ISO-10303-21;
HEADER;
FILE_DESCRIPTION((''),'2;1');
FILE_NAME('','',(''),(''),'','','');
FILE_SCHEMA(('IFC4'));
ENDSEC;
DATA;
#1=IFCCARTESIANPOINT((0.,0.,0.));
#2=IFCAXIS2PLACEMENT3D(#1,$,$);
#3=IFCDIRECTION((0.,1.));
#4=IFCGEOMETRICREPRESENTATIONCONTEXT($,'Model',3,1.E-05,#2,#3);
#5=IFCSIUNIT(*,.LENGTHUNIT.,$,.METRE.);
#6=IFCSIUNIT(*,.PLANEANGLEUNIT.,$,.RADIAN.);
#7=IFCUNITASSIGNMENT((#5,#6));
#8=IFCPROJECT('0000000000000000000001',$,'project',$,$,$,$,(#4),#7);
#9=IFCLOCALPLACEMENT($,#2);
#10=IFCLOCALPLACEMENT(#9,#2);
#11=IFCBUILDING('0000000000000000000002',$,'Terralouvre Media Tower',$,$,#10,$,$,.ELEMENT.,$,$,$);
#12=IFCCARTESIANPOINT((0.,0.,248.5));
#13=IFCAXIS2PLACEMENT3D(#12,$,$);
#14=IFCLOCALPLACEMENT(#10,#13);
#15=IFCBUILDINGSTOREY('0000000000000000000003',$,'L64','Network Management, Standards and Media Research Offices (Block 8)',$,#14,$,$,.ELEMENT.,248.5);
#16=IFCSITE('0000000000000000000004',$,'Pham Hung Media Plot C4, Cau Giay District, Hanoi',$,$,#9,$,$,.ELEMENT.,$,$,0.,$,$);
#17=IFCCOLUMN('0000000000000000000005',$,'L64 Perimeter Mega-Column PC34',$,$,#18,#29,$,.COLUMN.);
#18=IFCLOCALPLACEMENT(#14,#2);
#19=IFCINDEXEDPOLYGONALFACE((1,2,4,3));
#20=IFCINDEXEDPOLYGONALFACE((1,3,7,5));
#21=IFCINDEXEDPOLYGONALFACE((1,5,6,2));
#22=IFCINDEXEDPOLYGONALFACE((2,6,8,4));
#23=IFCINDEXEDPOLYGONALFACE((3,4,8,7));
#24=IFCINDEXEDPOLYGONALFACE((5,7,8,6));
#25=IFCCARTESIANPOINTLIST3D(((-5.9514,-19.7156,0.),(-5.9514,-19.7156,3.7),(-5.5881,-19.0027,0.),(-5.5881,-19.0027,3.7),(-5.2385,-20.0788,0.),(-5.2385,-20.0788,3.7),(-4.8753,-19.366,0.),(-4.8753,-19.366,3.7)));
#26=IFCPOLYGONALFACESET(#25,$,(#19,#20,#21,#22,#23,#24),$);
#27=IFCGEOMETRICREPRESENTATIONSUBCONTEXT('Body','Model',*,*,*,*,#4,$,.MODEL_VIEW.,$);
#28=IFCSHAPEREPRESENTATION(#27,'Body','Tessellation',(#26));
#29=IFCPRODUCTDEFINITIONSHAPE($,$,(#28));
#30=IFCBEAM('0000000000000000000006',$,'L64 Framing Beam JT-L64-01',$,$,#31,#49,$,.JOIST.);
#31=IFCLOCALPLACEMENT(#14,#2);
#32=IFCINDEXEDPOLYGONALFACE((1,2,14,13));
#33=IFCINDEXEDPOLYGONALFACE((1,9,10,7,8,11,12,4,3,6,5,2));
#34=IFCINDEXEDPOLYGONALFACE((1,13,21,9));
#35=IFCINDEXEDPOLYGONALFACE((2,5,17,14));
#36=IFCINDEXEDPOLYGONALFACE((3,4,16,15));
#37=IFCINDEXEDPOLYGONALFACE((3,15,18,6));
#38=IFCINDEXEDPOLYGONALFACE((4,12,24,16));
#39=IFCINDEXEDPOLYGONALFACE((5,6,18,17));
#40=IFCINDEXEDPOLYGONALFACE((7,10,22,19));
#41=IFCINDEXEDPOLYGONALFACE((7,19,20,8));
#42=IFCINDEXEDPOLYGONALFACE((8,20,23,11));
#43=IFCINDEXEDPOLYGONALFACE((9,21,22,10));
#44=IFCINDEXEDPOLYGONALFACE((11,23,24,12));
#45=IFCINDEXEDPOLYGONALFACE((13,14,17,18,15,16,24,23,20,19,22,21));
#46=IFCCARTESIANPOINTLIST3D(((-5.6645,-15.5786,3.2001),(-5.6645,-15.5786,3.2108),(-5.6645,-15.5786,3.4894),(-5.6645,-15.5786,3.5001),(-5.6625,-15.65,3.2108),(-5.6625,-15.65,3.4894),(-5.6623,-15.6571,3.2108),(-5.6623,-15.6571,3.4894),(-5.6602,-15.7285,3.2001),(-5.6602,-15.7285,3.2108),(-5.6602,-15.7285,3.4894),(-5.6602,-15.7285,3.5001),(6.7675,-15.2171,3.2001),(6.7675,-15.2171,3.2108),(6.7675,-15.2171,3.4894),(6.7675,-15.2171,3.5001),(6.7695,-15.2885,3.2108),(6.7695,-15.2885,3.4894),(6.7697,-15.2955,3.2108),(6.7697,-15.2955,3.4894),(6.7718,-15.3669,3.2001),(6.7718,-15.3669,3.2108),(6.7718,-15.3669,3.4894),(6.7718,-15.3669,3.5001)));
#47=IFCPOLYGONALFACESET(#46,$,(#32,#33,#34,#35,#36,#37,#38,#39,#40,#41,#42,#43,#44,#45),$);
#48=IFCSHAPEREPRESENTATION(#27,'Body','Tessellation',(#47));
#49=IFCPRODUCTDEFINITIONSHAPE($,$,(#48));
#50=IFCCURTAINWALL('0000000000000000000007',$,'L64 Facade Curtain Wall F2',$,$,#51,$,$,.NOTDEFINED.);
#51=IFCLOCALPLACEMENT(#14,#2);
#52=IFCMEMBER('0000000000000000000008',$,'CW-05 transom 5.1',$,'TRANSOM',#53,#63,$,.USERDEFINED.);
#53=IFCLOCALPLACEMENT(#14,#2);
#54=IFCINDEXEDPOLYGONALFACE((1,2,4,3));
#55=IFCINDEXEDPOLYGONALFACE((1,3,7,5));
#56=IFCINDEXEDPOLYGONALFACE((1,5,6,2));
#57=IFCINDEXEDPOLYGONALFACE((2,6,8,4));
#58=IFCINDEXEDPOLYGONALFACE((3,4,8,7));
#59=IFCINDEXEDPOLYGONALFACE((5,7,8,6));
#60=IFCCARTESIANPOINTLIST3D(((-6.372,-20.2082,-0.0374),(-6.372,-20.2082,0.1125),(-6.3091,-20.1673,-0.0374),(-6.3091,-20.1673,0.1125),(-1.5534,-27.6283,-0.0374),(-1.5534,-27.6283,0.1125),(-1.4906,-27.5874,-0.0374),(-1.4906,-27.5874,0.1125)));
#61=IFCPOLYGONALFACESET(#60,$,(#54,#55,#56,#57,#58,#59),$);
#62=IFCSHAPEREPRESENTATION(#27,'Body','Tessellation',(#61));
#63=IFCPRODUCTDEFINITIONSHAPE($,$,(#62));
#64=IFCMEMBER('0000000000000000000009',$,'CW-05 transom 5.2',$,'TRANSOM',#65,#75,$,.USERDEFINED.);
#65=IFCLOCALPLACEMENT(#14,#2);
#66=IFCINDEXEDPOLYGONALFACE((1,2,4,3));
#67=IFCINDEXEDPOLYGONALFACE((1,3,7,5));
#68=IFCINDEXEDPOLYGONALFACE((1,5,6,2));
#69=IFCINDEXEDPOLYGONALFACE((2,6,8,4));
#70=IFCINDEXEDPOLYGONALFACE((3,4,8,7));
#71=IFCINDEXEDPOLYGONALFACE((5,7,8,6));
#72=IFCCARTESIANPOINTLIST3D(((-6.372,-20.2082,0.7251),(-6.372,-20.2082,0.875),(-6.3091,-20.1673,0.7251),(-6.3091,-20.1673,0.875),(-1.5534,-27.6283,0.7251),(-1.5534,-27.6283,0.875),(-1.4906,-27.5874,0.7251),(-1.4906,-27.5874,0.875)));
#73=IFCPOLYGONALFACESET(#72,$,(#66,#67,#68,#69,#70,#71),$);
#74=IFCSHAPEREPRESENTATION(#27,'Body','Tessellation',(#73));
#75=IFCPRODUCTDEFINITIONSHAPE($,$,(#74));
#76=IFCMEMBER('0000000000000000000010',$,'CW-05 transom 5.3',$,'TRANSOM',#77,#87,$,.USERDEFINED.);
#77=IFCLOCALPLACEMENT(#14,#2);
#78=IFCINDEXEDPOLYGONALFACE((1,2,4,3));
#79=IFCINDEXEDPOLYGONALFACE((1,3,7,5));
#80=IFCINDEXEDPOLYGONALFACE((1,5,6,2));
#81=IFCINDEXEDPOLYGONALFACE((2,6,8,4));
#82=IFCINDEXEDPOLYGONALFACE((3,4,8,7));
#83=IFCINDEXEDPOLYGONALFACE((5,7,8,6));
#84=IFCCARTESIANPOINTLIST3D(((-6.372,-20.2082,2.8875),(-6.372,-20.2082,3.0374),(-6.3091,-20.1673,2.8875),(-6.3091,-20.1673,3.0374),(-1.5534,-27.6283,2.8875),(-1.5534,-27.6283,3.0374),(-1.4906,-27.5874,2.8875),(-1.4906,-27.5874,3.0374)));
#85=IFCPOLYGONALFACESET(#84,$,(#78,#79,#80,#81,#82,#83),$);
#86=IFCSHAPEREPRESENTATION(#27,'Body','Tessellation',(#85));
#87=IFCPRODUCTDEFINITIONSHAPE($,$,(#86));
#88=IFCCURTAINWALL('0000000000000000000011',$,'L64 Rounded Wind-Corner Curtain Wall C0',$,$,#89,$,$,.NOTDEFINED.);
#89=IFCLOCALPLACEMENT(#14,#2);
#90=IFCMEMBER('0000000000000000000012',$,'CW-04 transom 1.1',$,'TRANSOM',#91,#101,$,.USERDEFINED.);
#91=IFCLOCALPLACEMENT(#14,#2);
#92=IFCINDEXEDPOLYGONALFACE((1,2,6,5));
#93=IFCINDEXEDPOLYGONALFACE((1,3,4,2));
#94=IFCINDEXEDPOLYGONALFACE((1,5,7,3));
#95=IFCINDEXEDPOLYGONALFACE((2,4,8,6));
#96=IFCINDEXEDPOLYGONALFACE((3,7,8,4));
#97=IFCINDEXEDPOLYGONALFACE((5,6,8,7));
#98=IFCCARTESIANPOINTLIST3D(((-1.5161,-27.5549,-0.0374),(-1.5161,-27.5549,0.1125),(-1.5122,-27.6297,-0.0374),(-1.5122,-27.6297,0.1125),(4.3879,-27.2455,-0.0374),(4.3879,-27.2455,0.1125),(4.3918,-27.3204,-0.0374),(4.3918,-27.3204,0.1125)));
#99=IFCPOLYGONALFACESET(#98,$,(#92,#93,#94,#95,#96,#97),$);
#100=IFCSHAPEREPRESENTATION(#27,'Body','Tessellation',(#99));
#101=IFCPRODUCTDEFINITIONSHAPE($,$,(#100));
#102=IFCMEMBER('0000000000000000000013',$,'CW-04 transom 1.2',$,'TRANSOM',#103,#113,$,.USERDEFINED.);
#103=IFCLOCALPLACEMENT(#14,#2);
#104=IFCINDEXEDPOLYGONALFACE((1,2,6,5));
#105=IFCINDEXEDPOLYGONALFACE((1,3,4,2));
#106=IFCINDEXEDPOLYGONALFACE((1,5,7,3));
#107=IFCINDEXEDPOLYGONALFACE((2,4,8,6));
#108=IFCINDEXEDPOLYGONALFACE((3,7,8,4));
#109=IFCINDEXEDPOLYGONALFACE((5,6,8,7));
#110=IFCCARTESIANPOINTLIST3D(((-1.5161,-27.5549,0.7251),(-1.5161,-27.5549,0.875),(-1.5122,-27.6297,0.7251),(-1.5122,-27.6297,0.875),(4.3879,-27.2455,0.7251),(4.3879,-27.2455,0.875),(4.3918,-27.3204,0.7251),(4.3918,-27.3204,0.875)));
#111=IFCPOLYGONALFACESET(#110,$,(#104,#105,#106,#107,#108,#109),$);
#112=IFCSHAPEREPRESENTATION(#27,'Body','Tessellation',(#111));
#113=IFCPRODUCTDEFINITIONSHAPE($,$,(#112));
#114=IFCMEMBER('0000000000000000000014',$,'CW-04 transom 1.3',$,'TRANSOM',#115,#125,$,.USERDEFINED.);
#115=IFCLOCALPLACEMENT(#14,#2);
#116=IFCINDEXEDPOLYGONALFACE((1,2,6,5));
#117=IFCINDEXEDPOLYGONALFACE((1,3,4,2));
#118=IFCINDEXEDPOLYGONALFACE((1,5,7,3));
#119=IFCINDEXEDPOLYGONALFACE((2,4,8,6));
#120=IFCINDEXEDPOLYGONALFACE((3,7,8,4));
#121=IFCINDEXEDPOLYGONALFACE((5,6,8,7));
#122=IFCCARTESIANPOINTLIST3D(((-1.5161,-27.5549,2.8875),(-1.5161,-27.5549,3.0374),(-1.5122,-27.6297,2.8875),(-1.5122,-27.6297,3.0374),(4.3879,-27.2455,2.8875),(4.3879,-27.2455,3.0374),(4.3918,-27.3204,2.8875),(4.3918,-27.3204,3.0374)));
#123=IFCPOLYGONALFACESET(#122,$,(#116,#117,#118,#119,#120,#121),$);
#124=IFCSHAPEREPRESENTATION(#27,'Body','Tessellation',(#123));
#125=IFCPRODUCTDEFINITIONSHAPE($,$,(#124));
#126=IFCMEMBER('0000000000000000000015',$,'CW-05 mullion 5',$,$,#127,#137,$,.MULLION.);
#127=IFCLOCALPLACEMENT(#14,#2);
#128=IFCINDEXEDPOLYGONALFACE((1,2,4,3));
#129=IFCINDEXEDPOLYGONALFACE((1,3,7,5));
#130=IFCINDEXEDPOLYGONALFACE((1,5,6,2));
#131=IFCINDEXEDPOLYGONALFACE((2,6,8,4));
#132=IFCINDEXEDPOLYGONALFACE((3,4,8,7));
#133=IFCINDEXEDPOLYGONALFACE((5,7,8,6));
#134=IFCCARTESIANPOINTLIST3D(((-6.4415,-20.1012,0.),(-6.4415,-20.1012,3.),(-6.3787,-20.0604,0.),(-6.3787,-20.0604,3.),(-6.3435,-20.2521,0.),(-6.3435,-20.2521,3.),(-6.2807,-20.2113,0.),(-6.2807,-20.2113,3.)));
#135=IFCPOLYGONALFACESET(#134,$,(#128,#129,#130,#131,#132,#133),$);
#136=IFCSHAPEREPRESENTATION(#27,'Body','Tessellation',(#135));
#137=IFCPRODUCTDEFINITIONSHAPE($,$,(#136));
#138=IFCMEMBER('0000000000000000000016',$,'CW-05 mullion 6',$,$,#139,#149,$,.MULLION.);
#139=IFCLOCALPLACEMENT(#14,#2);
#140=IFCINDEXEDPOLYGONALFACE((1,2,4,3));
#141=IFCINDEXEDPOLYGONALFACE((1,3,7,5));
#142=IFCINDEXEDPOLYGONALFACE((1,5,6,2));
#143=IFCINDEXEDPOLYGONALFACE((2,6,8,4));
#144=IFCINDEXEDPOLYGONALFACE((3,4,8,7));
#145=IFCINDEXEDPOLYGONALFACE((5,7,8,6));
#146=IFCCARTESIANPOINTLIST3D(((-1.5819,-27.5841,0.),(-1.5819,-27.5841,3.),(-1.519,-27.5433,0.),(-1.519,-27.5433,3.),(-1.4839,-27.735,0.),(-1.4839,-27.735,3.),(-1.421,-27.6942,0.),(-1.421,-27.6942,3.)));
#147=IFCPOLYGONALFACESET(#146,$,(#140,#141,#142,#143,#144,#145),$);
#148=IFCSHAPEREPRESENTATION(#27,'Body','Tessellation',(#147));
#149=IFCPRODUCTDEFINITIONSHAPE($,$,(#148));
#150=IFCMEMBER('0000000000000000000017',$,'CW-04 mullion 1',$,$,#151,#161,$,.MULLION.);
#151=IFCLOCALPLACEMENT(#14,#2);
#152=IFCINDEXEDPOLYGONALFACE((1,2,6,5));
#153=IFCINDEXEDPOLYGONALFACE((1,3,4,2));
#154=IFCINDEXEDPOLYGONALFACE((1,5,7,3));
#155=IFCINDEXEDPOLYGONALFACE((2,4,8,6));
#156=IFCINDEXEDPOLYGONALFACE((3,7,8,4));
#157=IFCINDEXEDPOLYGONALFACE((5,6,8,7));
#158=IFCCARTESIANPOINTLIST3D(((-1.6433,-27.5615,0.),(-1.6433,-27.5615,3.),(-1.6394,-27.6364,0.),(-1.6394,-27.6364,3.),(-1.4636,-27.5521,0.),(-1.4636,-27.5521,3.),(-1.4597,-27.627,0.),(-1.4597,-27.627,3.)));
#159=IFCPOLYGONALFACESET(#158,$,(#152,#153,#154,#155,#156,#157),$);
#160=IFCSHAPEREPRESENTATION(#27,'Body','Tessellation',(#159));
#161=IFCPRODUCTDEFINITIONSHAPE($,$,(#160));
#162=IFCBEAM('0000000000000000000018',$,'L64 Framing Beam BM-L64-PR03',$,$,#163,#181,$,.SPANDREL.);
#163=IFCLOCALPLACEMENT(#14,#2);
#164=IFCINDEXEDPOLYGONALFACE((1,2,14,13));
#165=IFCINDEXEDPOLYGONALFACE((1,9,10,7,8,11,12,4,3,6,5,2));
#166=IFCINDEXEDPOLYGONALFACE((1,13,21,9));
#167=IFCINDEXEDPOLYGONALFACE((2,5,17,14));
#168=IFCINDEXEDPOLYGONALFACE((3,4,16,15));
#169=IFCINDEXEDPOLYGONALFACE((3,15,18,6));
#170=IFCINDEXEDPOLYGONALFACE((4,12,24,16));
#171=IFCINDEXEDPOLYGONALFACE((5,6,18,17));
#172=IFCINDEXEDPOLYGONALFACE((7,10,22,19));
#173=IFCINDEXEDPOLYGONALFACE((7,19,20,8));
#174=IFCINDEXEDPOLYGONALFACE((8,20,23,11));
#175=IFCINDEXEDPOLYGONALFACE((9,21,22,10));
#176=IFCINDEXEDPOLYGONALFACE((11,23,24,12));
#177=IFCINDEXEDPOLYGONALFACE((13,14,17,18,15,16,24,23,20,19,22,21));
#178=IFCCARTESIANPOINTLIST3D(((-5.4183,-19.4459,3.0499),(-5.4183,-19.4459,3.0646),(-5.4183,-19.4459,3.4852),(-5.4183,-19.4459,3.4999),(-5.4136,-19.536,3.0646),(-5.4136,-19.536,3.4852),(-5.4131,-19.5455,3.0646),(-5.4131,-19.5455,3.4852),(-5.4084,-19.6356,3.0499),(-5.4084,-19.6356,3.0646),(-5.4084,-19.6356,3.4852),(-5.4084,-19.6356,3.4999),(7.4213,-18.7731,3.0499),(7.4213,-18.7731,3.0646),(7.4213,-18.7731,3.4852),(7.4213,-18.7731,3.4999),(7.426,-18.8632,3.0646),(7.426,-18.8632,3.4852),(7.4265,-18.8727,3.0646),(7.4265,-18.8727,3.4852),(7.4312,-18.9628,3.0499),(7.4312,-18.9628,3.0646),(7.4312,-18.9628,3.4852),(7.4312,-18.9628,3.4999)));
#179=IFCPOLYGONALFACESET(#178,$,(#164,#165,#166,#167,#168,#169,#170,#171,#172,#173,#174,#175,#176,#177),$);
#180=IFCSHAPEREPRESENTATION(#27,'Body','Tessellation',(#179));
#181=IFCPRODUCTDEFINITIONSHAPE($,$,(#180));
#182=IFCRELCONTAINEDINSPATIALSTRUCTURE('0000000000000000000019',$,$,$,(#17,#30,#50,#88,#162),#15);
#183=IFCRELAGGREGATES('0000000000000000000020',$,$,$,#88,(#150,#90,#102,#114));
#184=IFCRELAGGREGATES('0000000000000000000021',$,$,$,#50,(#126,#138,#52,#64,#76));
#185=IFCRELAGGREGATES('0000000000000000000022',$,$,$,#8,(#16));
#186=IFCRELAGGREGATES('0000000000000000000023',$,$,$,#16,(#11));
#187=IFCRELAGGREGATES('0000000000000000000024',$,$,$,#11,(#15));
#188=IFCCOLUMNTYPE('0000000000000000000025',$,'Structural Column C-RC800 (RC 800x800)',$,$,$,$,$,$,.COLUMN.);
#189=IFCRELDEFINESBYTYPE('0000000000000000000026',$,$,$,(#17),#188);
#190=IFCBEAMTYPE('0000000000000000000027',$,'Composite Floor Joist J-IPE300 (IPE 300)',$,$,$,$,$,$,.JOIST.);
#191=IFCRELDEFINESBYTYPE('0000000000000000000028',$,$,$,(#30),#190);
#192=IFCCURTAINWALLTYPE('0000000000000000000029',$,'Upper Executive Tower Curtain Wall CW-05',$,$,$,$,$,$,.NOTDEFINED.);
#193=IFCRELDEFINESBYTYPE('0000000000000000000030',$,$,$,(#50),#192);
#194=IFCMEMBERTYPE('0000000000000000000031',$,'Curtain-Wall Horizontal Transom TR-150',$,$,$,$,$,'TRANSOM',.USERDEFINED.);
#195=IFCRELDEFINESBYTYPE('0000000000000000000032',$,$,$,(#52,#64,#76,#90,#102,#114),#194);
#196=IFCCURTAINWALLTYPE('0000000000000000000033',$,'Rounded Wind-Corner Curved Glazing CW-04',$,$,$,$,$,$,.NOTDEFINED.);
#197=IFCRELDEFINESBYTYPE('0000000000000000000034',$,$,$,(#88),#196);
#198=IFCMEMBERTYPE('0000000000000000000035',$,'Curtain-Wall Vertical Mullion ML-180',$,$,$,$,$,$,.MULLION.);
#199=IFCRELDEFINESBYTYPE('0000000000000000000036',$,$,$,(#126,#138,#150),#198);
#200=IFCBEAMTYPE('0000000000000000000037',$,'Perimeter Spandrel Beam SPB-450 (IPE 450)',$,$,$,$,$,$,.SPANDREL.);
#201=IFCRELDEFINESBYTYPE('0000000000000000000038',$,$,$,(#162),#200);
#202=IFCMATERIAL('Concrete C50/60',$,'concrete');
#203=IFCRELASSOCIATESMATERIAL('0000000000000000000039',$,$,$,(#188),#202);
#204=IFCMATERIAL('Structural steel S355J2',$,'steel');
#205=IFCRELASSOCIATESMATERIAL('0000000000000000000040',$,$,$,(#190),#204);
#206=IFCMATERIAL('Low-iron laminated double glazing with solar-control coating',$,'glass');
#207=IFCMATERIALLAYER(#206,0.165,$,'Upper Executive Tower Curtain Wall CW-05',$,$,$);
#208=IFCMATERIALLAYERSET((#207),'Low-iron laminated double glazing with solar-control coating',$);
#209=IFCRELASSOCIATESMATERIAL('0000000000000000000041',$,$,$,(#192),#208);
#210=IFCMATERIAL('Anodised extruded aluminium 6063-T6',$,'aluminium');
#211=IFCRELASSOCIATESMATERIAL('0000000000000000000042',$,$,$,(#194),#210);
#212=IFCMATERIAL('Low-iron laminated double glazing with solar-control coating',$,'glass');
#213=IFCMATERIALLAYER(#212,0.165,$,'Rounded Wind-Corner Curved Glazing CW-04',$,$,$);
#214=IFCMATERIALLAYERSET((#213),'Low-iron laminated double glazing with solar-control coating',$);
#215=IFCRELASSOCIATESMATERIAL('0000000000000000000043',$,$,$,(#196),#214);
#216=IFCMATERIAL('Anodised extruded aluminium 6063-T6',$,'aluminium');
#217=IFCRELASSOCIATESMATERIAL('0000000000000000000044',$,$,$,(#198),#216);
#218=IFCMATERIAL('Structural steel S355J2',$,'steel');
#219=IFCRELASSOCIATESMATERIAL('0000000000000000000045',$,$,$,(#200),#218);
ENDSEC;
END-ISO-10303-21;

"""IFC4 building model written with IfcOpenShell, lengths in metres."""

from ifc_helpers import new_model, si_unit, direction, frame, origin, origin_2d, place, context, subcontext, project, spatial, rectangle, i_section, extrude, material, layer, layer_set, material_profile, profile_set, type_object, element, aggregate, save


model = new_model("IFC4")

# Units and contexts
model_context = context("Model", 3, precision=1e-05, world=origin(), true_north=direction((0.0, 1.0)))
body_context = subcontext(model_context, "Body", "Model", "MODEL_VIEW")
ifc_project = project(units=[si_unit("LENGTHUNIT", "METRE"), si_unit("PLANEANGLEUNIT", "RADIAN")], contexts=[model_context])

# Site, building, storey
site_placement = place(None, origin())
site = spatial("IfcSite", under=ifc_project, at=site_placement, Name="Pham Hung Media Plot C4, Cau Giay District, Hanoi", CompositionType="ELEMENT", RefElevation=0.0)
building_placement = place(site_placement, origin())
building = spatial("IfcBuilding", under=site, at=building_placement, Name="Terralouvre Media Tower", CompositionType="ELEMENT")
storey_placement = place(building_placement, frame((0.0, 0.0, 248.5)))
storey = spatial("IfcBuildingStorey", under=building, at=storey_placement, Name="L64", Description="Network Management, Standards and Media Research Offices (Block 8)", CompositionType="ELEMENT", Elevation=248.5)

# Column
ifc_material_1 = material(Name="Concrete C50/60", Category="concrete")
ifc_material_profile_1 = material_profile(ifc_material_1, rectangle(XDim=0.8, YDim=0.8, at=origin_2d()), Name="RC 800x800")
ifc_profile_set_1 = profile_set([ifc_material_profile_1], Name="Concrete C50/60")
column_type = type_object("IfcColumnType", Name="Structural Column C-RC800 (RC 800x800)", PredefinedType="COLUMN", material=ifc_profile_set_1)
column_placement = place(storey_placement, frame((-5.4133, -19.5408, 0.0), z_axis=(0.0, 0.0, 1.0), x_axis=(0.45399, 0.891007, 0.0)))
element("IfcColumn", 1, at=column_placement, inside=storey, type_object=column_type, Name="L64 Perimeter Mega-Column PC34", PredefinedType="COLUMN", context=body_context, shape_type="SweptSolid", body=[
    extrude(rectangle(XDim=0.8, YDim=0.8, at=origin_2d()), origin(), (0.0, 0.0, 1.0), 3.7),
])

# Beam
ifc_material_2 = material(Name="Structural steel S355J2", Category="steel")
ifc_material_profile_2 = material_profile(ifc_material_2, i_section(OverallWidth=0.1499, OverallDepth=0.3, WebThickness=0.0071, FlangeThickness=0.0107, at=origin_2d()), Name="IPE 300")
ifc_profile_set_2 = profile_set([ifc_material_profile_2], Name="Structural steel S355J2")
beam_type_1 = type_object("IfcBeamType", Name="Composite Floor Joist J-IPE300 (IPE 300)", PredefinedType="JOIST", material=ifc_profile_set_2)
beam_1_placement = place(storey_placement, frame((-5.6624, -15.6536, 3.3501), z_axis=(0.999577, 0.029072, 0.0), x_axis=(-0.029072, 0.999577, 0.0)))
element("IfcBeam", 2, at=beam_1_placement, inside=storey, type_object=beam_type_1, Name="L64 Framing Beam JT-L64-01", PredefinedType="JOIST", context=body_context, shape_type="SweptSolid", body=[
    extrude(i_section(OverallWidth=0.1499, OverallDepth=0.3, WebThickness=0.0071, FlangeThickness=0.0107, at=origin_2d()), origin(), (0.0, 0.0, 1.0), 12.4373),
])

# Curtain walls, members
ifc_material_3 = material(Name="Low-iron laminated double glazing with solar-control coating", Category="glass")
ifc_layer_1 = layer(ifc_material_3, 0.165, Name="Upper Executive Tower Curtain Wall CW-05")
ifc_layer_set_1 = layer_set([ifc_layer_1], Name="Low-iron laminated double glazing with solar-control coating")
curtain_wall_type_1 = type_object("IfcCurtainWallType", Name="Upper Executive Tower Curtain Wall CW-05", PredefinedType="NOTDEFINED", material=ifc_layer_set_1)
curtain_wall_1_placement = place(storey_placement, origin())
curtain_wall_1 = element("IfcCurtainWall", 3, at=curtain_wall_1_placement, inside=storey, type_object=curtain_wall_type_1, Name="L64 Facade Curtain Wall F2", PredefinedType="NOTDEFINED")
ifc_material_4 = material(Name="Anodised extruded aluminium 6063-T6", Category="aluminium")
ifc_material_profile_3 = material_profile(ifc_material_4, rectangle(XDim=0.075, YDim=0.1499, at=origin_2d()), Name="ALU 75x150")
ifc_profile_set_3 = profile_set([ifc_material_profile_3], Name="Anodised extruded aluminium 6063-T6")
member_type_1 = type_object("IfcMemberType", Name="Curtain-Wall Horizontal Transom TR-150", ElementType="TRANSOM", PredefinedType="USERDEFINED", material=ifc_profile_set_3)
member_1_placement = place(storey_placement, frame((-6.3406, -20.1877, 0.0376), z_axis=(0.54463, -0.838676, 0.0), x_axis=(0.838676, 0.54463, 0.0)))
member_1 = element("IfcMember", 4, at=member_1_placement, type_object=member_type_1, Name="CW-05 transom 5.1", ObjectType="TRANSOM", PredefinedType="USERDEFINED", context=body_context, shape_type="SweptSolid", body=[
    extrude(rectangle(XDim=0.075, YDim=0.1499, at=origin_2d()), origin(), (0.0, 0.0, 1.0), 8.8474),
])
member_2_placement = place(storey_placement, frame((-6.3406, -20.1877, 0.8), z_axis=(0.54463, -0.838676, 0.0), x_axis=(0.838676, 0.54463, 0.0)))
member_2 = element("IfcMember", 5, at=member_2_placement, type_object=member_type_1, Name="CW-05 transom 5.2", ObjectType="TRANSOM", PredefinedType="USERDEFINED", context=body_context, shape_type="SweptSolid", body=[
    extrude(rectangle(XDim=0.075, YDim=0.1499, at=origin_2d()), origin(), (0.0, 0.0, 1.0), 8.8474),
])
member_3_placement = place(storey_placement, frame((-6.3406, -20.1877, 2.9624), z_axis=(0.54463, -0.838676, 0.0), x_axis=(0.838676, 0.54463, 0.0)))
member_3 = element("IfcMember", 6, at=member_3_placement, type_object=member_type_1, Name="CW-05 transom 5.3", ObjectType="TRANSOM", PredefinedType="USERDEFINED", context=body_context, shape_type="SweptSolid", body=[
    extrude(rectangle(XDim=0.075, YDim=0.1499, at=origin_2d()), origin(), (0.0, 0.0, 1.0), 8.8474),
])
ifc_material_5 = material(Name="Low-iron laminated double glazing with solar-control coating", Category="glass")
ifc_layer_2 = layer(ifc_material_5, 0.165, Name="Rounded Wind-Corner Curved Glazing CW-04")
ifc_layer_set_2 = layer_set([ifc_layer_2], Name="Low-iron laminated double glazing with solar-control coating")
curtain_wall_type_2 = type_object("IfcCurtainWallType", Name="Rounded Wind-Corner Curved Glazing CW-04", PredefinedType="NOTDEFINED", material=ifc_layer_set_2)
curtain_wall_2_placement = place(storey_placement, origin())
curtain_wall_2 = element("IfcCurtainWall", 7, at=curtain_wall_2_placement, inside=storey, type_object=curtain_wall_type_2, Name="L64 Rounded Wind-Corner Curtain Wall C0", PredefinedType="NOTDEFINED")
member_4_placement = place(storey_placement, frame((-1.5142, -27.5923, 0.0376), z_axis=(0.99863, 0.05232, 0.0), x_axis=(-0.05232, 0.99863, 0.0)))
member_4 = element("IfcMember", 8, at=member_4_placement, type_object=member_type_1, Name="CW-04 transom 1.1", ObjectType="TRANSOM", PredefinedType="USERDEFINED", context=body_context, shape_type="SweptSolid", body=[
    extrude(rectangle(XDim=0.075, YDim=0.1499, at=origin_2d()), origin(), (0.0, 0.0, 1.0), 5.9121),
])
member_5_placement = place(storey_placement, frame((-1.5142, -27.5923, 0.8), z_axis=(0.99863, 0.05232, 0.0), x_axis=(-0.05232, 0.99863, 0.0)))
member_5 = element("IfcMember", 9, at=member_5_placement, type_object=member_type_1, Name="CW-04 transom 1.2", ObjectType="TRANSOM", PredefinedType="USERDEFINED", context=body_context, shape_type="SweptSolid", body=[
    extrude(rectangle(XDim=0.075, YDim=0.1499, at=origin_2d()), origin(), (0.0, 0.0, 1.0), 5.9121),
])
member_6_placement = place(storey_placement, frame((-1.5142, -27.5923, 2.9624), z_axis=(0.99863, 0.05232, 0.0), x_axis=(-0.05232, 0.99863, 0.0)))
member_6 = element("IfcMember", 10, at=member_6_placement, type_object=member_type_1, Name="CW-04 transom 1.3", ObjectType="TRANSOM", PredefinedType="USERDEFINED", context=body_context, shape_type="SweptSolid", body=[
    extrude(rectangle(XDim=0.075, YDim=0.1499, at=origin_2d()), origin(), (0.0, 0.0, 1.0), 5.9121),
])

# Members
ifc_material_6 = material(Name="Anodised extruded aluminium 6063-T6", Category="aluminium")
ifc_material_profile_4 = material_profile(ifc_material_6, rectangle(XDim=0.075, YDim=0.1799, at=origin_2d()), Name="ALU 75x180")
ifc_profile_set_4 = profile_set([ifc_material_profile_4], Name="Anodised extruded aluminium 6063-T6")
member_type_2 = type_object("IfcMemberType", Name="Curtain-Wall Vertical Mullion ML-180", PredefinedType="MULLION", material=ifc_profile_set_4)
member_7_placement = place(storey_placement, frame((-6.3611, -20.1562, 0.0), z_axis=(0.0, 0.0, 1.0), x_axis=(0.838671, 0.544639, 0.0)))
member_7 = element("IfcMember", 11, at=member_7_placement, type_object=member_type_2, Name="CW-05 mullion 5", PredefinedType="MULLION", context=body_context, shape_type="SweptSolid", body=[
    extrude(rectangle(XDim=0.075, YDim=0.1799, at=origin_2d()), origin(), (0.0, 0.0, 1.0), 3.0),
])
member_8_placement = place(storey_placement, frame((-1.5015, -27.6392, 0.0), z_axis=(0.0, 0.0, 1.0), x_axis=(0.838671, 0.544639, 0.0)))
member_8 = element("IfcMember", 12, at=member_8_placement, type_object=member_type_2, Name="CW-05 mullion 6", PredefinedType="MULLION", context=body_context, shape_type="SweptSolid", body=[
    extrude(rectangle(XDim=0.075, YDim=0.1799, at=origin_2d()), origin(), (0.0, 0.0, 1.0), 3.0),
])
member_9_placement = place(storey_placement, frame((-1.5515, -27.5942, 0.0), z_axis=(0.0, 0.0, 1.0), x_axis=(-0.052336, 0.99863, 0.0)))
member_9 = element("IfcMember", 13, at=member_9_placement, type_object=member_type_2, Name="CW-04 mullion 1", PredefinedType="MULLION", context=body_context, shape_type="SweptSolid", body=[
    extrude(rectangle(XDim=0.075, YDim=0.1799, at=origin_2d()), origin(), (0.0, 0.0, 1.0), 3.0),
])
aggregate(curtain_wall_2, [member_9, member_4, member_5, member_6])

# Beam
ifc_material_7 = material(Name="Structural steel S355J2", Category="steel")
ifc_material_profile_5 = material_profile(ifc_material_7, i_section(OverallWidth=0.1899, OverallDepth=0.45, WebThickness=0.0095, FlangeThickness=0.0146, at=origin_2d()), Name="IPE 450")
ifc_profile_set_5 = profile_set([ifc_material_profile_5], Name="Structural steel S355J2")
beam_type_2 = type_object("IfcBeamType", Name="Perimeter Spandrel Beam SPB-450 (IPE 450)", PredefinedType="SPANDREL", material=ifc_profile_set_5)
beam_2_placement = place(storey_placement, frame((-5.4133, -19.5408, 3.2749), z_axis=(0.99863, 0.052333, 0.0), x_axis=(-0.052333, 0.99863, 0.0)))
element("IfcBeam", 14, at=beam_2_placement, inside=storey, type_object=beam_type_2, Name="L64 Framing Beam BM-L64-PR03", PredefinedType="SPANDREL", context=body_context, shape_type="SweptSolid", body=[
    extrude(i_section(OverallWidth=0.1899, OverallDepth=0.45, WebThickness=0.0095, FlangeThickness=0.0146, at=origin_2d()), origin(), (0.0, 0.0, 1.0), 12.8572),
])

aggregate(curtain_wall_1, [member_7, member_8, member_1, member_2, member_3])

save(model, "model.ifc")
